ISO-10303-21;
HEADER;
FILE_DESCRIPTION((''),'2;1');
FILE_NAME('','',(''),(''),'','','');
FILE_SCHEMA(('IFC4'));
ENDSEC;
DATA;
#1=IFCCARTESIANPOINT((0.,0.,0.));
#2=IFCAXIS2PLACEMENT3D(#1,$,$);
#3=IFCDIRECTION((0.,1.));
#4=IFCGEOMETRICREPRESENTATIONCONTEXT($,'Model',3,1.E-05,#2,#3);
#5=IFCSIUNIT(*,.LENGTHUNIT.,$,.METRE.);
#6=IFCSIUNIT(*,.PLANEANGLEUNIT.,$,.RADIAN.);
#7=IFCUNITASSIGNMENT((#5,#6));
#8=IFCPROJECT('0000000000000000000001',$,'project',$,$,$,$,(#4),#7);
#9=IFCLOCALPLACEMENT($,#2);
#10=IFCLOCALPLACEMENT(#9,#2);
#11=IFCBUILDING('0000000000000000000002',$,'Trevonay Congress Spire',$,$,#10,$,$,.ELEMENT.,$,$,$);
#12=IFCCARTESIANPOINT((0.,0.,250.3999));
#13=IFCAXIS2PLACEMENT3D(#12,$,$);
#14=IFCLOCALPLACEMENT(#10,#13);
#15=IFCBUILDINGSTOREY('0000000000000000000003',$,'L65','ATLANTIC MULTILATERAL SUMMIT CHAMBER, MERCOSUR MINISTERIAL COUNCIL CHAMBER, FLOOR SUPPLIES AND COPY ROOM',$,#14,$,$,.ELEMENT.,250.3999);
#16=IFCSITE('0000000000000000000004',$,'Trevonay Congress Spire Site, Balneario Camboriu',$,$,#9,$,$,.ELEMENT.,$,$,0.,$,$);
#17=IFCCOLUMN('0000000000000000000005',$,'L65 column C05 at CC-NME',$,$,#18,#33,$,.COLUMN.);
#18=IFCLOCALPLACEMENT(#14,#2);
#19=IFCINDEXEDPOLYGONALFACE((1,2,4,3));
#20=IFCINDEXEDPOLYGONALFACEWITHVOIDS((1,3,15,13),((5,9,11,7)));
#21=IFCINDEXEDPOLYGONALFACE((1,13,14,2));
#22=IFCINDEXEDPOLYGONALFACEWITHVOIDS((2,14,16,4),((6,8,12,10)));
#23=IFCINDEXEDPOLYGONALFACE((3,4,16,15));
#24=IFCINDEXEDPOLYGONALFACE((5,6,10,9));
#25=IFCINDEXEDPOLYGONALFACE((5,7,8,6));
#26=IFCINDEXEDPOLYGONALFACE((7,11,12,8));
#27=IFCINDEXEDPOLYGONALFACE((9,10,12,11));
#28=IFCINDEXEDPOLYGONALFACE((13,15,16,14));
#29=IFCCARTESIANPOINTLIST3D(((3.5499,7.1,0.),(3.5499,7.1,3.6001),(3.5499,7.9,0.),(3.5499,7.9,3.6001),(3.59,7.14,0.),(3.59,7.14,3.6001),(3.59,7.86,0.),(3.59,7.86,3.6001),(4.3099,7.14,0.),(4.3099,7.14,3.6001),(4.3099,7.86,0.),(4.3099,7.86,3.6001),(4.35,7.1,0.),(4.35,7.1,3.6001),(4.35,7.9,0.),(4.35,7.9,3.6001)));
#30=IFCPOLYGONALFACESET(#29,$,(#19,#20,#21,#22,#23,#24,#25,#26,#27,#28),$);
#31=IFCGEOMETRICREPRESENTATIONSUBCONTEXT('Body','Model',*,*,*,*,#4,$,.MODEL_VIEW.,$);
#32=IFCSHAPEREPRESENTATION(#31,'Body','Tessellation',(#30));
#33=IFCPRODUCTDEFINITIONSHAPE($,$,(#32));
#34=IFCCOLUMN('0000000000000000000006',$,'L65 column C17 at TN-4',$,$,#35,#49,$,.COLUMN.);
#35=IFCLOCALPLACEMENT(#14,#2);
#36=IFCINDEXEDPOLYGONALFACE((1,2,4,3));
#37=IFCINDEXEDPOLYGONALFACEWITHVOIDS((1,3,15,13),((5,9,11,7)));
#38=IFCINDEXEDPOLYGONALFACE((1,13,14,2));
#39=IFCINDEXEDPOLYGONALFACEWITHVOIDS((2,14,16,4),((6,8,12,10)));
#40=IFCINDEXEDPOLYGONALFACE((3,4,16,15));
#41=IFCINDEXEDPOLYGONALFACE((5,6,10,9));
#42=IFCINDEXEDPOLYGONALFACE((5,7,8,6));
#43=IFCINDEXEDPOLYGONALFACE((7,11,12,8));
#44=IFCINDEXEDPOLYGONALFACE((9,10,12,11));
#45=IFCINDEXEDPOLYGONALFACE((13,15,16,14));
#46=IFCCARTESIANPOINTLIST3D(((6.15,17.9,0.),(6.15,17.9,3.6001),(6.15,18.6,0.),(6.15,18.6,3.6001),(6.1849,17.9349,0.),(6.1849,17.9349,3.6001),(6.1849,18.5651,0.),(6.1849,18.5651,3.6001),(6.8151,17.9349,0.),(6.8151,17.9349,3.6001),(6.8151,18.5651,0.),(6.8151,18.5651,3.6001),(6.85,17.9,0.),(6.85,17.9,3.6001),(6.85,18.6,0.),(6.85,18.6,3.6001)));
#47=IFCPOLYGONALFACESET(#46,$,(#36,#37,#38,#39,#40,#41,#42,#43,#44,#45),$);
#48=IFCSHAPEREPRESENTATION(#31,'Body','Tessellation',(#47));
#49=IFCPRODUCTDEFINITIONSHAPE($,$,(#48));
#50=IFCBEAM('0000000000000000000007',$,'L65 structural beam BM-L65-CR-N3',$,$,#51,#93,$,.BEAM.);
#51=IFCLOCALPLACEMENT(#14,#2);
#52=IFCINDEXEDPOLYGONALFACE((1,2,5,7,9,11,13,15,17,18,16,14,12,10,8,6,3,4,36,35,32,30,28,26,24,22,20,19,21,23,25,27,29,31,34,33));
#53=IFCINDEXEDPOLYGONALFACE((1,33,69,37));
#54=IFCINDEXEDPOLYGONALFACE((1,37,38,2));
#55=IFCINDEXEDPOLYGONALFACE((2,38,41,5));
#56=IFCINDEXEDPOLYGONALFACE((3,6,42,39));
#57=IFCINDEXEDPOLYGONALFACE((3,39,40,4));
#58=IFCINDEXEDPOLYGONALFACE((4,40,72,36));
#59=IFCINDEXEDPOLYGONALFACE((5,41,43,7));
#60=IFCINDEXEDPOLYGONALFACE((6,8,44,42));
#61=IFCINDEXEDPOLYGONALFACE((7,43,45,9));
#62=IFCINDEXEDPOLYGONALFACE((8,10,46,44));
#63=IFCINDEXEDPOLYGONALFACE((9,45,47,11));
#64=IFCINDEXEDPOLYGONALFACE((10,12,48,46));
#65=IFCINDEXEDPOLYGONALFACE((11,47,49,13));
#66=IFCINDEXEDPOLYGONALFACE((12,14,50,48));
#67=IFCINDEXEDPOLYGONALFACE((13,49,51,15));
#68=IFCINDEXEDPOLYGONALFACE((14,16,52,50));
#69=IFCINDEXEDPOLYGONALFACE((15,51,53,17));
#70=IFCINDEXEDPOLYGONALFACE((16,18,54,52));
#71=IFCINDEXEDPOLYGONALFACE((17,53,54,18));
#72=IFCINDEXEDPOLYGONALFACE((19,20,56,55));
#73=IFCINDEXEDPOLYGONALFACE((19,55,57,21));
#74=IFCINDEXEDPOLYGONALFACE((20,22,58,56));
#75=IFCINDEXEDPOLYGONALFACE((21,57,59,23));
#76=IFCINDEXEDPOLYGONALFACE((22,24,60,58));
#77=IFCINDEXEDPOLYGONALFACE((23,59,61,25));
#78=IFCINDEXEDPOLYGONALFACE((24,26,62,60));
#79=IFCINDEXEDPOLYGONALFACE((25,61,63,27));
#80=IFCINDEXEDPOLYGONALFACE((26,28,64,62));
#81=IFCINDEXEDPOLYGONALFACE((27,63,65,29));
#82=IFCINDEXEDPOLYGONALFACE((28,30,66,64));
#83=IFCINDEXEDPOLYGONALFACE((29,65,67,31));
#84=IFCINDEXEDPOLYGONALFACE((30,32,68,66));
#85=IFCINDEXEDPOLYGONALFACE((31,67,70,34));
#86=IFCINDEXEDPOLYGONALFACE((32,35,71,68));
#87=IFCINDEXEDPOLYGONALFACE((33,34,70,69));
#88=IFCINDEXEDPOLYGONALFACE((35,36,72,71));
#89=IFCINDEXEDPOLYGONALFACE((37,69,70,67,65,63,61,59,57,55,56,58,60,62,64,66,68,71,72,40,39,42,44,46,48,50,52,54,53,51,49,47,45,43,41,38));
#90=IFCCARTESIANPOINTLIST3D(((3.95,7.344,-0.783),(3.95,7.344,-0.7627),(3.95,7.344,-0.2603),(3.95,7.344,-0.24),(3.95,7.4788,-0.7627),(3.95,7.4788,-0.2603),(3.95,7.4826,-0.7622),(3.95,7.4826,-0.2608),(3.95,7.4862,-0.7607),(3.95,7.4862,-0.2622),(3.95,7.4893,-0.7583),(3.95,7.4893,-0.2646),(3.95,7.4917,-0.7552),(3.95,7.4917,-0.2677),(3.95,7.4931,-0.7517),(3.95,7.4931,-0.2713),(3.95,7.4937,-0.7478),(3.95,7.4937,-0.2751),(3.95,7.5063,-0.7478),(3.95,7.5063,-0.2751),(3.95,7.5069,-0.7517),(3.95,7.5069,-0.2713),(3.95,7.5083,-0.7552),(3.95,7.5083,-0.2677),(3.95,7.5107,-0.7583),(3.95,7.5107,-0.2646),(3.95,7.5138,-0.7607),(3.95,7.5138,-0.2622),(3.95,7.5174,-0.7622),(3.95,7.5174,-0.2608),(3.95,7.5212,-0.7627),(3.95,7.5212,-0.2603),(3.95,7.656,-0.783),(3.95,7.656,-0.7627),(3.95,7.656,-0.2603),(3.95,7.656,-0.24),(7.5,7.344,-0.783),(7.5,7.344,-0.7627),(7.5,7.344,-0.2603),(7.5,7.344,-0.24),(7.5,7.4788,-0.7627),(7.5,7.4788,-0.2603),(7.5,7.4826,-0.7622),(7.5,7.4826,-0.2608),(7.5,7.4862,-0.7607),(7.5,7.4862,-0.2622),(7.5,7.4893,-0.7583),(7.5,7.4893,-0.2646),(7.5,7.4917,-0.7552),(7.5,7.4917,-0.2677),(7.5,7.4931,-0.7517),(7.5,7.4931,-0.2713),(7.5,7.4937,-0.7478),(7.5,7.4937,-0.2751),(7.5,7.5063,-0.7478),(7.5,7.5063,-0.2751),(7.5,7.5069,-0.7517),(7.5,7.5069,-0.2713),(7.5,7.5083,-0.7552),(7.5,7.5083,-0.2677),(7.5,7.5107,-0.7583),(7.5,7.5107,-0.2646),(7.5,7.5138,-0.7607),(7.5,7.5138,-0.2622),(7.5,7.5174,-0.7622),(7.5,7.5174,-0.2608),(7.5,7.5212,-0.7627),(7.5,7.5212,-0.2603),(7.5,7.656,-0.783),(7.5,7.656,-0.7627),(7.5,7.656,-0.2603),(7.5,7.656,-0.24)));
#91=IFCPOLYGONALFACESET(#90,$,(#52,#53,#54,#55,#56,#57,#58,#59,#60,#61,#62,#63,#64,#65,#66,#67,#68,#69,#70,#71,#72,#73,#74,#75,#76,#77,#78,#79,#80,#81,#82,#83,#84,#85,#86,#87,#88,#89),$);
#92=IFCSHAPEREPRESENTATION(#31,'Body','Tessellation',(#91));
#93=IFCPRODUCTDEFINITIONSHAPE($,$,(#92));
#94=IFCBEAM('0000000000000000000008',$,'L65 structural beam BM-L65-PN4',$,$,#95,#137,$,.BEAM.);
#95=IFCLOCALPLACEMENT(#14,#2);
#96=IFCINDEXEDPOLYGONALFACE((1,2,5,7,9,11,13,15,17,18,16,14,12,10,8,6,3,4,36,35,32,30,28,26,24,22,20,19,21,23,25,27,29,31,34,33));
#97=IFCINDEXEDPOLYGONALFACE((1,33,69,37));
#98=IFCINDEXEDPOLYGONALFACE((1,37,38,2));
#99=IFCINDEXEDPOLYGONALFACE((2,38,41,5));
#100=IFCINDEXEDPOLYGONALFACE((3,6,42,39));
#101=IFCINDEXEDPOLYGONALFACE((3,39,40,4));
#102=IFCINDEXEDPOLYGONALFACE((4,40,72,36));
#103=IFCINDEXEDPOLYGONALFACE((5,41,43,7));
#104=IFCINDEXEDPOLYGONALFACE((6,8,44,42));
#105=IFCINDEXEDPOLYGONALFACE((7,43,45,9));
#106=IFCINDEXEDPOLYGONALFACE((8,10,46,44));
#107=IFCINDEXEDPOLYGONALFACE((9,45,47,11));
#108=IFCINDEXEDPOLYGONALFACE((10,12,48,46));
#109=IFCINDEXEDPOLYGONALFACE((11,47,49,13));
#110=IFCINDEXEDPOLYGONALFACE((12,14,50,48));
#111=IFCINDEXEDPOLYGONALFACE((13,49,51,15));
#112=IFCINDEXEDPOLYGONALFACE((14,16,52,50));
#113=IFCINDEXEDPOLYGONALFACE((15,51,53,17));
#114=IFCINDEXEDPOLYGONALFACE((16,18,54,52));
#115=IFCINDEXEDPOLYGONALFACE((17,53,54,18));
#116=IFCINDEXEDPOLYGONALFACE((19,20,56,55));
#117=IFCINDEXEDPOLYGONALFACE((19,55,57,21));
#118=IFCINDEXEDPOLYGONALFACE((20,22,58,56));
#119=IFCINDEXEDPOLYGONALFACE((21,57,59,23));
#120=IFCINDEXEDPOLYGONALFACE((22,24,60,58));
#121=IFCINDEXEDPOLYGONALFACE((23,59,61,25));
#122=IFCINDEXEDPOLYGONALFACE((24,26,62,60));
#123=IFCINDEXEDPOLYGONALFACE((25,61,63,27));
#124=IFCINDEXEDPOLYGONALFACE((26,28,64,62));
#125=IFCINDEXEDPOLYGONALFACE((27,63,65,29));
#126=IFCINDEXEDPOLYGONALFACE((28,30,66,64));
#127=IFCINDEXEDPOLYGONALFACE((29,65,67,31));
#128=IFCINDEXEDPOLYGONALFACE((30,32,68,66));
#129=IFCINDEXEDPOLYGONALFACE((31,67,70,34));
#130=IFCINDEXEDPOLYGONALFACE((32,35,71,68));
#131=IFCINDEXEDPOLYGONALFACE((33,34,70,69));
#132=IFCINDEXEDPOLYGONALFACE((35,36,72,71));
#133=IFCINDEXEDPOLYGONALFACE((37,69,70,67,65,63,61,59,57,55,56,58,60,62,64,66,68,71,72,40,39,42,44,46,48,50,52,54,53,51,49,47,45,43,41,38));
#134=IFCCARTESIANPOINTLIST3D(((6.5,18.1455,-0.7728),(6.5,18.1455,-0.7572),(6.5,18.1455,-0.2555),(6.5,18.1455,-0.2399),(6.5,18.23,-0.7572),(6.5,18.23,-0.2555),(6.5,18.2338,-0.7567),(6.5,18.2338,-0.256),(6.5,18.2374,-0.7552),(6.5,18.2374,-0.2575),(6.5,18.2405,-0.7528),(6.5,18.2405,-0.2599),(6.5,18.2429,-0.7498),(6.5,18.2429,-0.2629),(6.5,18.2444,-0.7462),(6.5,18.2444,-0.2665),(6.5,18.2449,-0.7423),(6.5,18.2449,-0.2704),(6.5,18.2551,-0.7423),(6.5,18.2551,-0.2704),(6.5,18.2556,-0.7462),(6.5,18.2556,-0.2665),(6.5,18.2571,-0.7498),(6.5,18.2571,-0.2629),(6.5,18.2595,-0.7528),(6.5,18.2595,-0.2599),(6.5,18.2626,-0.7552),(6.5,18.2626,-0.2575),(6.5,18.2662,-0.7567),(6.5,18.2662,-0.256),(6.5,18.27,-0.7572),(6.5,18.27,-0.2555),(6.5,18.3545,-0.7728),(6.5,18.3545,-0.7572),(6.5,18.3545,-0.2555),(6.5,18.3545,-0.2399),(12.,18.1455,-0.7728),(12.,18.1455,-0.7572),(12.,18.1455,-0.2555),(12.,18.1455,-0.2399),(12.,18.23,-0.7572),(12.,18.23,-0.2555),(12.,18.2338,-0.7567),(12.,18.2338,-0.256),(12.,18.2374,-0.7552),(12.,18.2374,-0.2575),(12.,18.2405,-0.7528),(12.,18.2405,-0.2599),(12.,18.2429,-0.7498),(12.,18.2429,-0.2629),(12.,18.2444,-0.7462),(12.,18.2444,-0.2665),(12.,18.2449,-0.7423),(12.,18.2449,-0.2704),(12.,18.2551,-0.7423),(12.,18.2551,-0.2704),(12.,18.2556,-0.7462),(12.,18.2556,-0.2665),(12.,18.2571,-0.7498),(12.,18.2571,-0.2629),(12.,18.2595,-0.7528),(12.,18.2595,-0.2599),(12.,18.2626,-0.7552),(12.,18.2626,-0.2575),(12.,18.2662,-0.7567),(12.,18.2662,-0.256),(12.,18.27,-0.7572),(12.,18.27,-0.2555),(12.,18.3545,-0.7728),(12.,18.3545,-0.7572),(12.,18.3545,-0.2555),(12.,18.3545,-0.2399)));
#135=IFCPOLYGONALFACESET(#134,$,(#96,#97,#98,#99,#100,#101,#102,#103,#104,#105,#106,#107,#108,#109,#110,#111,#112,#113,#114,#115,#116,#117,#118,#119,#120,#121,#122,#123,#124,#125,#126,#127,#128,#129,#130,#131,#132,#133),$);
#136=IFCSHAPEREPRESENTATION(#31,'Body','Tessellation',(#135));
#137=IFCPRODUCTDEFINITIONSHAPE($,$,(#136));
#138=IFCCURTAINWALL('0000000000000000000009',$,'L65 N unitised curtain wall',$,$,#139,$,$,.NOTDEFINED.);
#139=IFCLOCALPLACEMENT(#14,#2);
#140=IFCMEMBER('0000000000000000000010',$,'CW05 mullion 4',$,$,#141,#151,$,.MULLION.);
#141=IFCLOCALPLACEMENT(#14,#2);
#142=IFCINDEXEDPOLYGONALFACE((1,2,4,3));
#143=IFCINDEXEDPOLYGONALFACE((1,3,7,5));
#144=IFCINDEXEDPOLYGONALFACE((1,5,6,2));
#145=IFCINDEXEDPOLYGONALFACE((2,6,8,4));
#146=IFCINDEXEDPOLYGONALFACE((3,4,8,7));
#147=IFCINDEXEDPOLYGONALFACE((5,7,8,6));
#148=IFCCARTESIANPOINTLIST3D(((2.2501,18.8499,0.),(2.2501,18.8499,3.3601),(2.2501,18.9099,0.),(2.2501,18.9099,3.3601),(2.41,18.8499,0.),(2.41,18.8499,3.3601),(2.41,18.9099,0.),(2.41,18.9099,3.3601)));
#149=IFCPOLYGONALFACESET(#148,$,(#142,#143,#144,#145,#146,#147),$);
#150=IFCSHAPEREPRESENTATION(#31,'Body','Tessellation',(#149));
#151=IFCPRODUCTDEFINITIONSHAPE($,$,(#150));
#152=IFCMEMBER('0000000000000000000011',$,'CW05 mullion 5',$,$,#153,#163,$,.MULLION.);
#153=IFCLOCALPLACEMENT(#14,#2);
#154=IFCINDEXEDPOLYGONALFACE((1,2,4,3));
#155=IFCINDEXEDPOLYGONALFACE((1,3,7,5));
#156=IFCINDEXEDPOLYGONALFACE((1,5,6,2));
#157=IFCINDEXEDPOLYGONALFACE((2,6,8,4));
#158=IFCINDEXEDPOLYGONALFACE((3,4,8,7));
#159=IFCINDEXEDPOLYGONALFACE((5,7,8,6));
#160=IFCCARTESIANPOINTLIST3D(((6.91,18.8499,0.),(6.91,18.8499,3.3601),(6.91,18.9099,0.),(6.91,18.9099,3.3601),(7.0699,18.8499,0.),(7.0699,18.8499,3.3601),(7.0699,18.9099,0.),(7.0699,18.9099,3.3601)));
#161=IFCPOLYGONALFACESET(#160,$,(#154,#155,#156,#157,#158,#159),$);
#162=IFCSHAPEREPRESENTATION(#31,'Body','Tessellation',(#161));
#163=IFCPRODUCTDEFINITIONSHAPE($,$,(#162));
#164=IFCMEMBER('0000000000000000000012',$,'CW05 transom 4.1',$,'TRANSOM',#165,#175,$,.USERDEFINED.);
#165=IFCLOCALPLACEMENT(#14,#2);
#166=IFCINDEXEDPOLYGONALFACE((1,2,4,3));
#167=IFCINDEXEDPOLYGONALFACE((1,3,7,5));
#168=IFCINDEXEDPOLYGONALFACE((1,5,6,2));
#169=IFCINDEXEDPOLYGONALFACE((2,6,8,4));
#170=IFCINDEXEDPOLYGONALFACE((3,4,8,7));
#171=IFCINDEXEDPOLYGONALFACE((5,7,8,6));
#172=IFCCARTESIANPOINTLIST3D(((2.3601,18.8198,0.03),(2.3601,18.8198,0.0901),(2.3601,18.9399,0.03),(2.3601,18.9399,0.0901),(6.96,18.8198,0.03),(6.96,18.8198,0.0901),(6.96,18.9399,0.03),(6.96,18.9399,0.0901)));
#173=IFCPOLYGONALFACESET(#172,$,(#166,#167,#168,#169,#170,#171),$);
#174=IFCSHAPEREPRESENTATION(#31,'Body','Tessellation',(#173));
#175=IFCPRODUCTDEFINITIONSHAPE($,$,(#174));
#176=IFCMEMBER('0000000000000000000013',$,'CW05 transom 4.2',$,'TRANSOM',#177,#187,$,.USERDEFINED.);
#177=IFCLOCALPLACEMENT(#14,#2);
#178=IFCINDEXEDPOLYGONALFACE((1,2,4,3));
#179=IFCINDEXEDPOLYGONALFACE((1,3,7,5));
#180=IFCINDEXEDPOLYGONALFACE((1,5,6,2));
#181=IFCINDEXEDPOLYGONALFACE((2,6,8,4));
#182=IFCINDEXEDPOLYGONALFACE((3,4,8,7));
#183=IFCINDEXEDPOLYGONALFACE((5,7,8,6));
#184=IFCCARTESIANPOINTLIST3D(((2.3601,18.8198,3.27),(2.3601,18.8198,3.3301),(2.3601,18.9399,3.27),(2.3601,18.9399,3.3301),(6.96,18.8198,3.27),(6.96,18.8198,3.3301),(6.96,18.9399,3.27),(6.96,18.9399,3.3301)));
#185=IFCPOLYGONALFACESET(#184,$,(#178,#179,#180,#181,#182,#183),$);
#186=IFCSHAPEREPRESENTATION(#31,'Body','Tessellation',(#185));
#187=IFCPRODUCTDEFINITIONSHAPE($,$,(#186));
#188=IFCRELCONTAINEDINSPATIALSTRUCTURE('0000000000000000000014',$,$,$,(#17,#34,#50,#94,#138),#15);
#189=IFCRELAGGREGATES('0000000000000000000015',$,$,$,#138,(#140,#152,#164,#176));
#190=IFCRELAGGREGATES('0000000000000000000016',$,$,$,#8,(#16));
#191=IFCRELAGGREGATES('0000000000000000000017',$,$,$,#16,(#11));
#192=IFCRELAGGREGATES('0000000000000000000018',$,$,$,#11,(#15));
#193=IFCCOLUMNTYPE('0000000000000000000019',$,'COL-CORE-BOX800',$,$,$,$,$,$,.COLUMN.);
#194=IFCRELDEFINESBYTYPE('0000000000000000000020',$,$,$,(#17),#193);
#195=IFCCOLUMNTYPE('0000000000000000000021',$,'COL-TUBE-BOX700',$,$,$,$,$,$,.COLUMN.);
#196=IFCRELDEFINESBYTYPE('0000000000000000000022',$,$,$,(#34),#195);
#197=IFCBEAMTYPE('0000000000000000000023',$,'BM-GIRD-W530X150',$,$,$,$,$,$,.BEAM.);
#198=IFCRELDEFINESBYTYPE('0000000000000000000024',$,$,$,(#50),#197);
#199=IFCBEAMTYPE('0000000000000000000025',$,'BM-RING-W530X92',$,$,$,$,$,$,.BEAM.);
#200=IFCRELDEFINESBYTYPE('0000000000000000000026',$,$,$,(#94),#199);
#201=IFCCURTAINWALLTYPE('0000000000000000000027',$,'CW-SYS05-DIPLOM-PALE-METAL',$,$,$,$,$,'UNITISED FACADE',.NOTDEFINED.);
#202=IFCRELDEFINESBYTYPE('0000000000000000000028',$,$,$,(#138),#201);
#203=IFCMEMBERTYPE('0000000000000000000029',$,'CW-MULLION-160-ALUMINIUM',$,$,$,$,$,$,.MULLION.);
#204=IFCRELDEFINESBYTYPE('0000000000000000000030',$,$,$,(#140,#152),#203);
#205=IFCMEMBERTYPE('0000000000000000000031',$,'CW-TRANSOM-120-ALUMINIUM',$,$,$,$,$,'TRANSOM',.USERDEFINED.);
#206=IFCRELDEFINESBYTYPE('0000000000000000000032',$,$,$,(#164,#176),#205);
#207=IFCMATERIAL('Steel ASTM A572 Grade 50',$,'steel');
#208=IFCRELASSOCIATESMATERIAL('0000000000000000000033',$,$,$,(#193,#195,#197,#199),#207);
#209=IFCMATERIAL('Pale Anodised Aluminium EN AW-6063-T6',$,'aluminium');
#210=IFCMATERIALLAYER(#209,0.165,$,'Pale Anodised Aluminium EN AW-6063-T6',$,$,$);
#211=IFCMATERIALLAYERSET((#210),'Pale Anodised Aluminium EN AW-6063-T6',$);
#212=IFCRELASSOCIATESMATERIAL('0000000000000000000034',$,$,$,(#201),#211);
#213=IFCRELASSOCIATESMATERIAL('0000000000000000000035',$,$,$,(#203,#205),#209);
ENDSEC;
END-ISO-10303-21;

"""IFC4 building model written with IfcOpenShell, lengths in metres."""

from ifc_helpers import new_model, si_unit, direction, frame, origin, origin_2d, place, context, subcontext, project, spatial, rectangle, hollow_rectangle, i_section, extrude, material, layer, layer_set, material_profile, profile_set, type_object, element, aggregate, save


model = new_model("IFC4")

# Units and contexts
model_context = context("Model", 3, precision=1e-05, world=origin(), true_north=direction((0.0, 1.0)))
body_context = subcontext(model_context, "Body", "Model", "MODEL_VIEW")
ifc_project = project(units=[si_unit("LENGTHUNIT", "METRE"), si_unit("PLANEANGLEUNIT", "RADIAN")], contexts=[model_context])

# Site, building, storey
site_placement = place(None, origin())
site = spatial("IfcSite", under=ifc_project, at=site_placement, Name="Trevonay Congress Spire Site, Balneario Camboriu", CompositionType="ELEMENT", RefElevation=0.0)
building_placement = place(site_placement, origin())
building = spatial("IfcBuilding", under=site, at=building_placement, Name="Trevonay Congress Spire", CompositionType="ELEMENT")
storey_placement = place(building_placement, frame((0.0, 0.0, 250.3999)))
storey = spatial("IfcBuildingStorey", under=building, at=storey_placement, Name="L65", Description="ATLANTIC MULTILATERAL SUMMIT CHAMBER, MERCOSUR MINISTERIAL COUNCIL CHAMBER, FLOOR SUPPLIES AND COPY ROOM", CompositionType="ELEMENT", Elevation=250.3999)

# Columns
ifc_material_1 = material(Name="Steel ASTM A572 Grade 50", Category="steel")
ifc_material_profile_1 = material_profile(ifc_material_1, hollow_rectangle(XDim=0.8, YDim=0.8, WallThickness=0.04, at=origin_2d()), Name="BOX 800x800x40")
ifc_profile_set_1 = profile_set([ifc_material_profile_1], Name="Steel ASTM A572 Grade 50")
column_type_1 = type_object("IfcColumnType", Name="COL-CORE-BOX800", PredefinedType="COLUMN", material=ifc_profile_set_1)
column_1_placement = place(storey_placement, frame((3.95, 7.5, 0.0), z_axis=(0.0, 0.0, 1.0), x_axis=(1.0, 0.0, 0.0)))
element("IfcColumn", 1, at=column_1_placement, inside=storey, type_object=column_type_1, Name="L65 column C05 at CC-NME", PredefinedType="COLUMN", context=body_context, shape_type="SweptSolid", body=[
    extrude(hollow_rectangle(XDim=0.8, YDim=0.8, WallThickness=0.04, at=origin_2d()), origin(), (0.0, 0.0, 1.0), 3.6001),
])
ifc_material_profile_2 = material_profile(ifc_material_1, hollow_rectangle(XDim=0.7, YDim=0.7, WallThickness=0.0349, at=origin_2d()), Name="BOX 700x700x35")
ifc_profile_set_2 = profile_set([ifc_material_profile_2], Name="Steel ASTM A572 Grade 50")
column_type_2 = type_object("IfcColumnType", Name="COL-TUBE-BOX700", PredefinedType="COLUMN", material=ifc_profile_set_2)
column_2_placement = place(storey_placement, frame((6.5, 18.25, 0.0), z_axis=(0.0, 0.0, 1.0), x_axis=(1.0, 0.0, 0.0)))
element("IfcColumn", 2, at=column_2_placement, inside=storey, type_object=column_type_2, Name="L65 column C17 at TN-4", PredefinedType="COLUMN", context=body_context, shape_type="SweptSolid", body=[
    extrude(hollow_rectangle(XDim=0.7, YDim=0.7, WallThickness=0.0349, at=origin_2d()), origin(), (0.0, 0.0, 1.0), 3.6001),
])

# Beams
ifc_material_profile_3 = material_profile(ifc_material_1, i_section(OverallWidth=0.312, OverallDepth=0.543, WebThickness=0.0127, FlangeThickness=0.0203, FilletRadius=0.0149, at=origin_2d()), Name="W530x150")
ifc_profile_set_3 = profile_set([ifc_material_profile_3], Name="Steel ASTM A572 Grade 50")
beam_type_1 = type_object("IfcBeamType", Name="BM-GIRD-W530X150", PredefinedType="BEAM", material=ifc_profile_set_3)
beam_1_placement = place(storey_placement, frame((3.95, 7.5, -0.5115), z_axis=(1.0, 0.0, 0.0), x_axis=(0.0, 1.0, 0.0)))
element("IfcBeam", 3, at=beam_1_placement, inside=storey, type_object=beam_type_1, Name="L65 structural beam BM-L65-CR-N3", PredefinedType="BEAM", context=body_context, shape_type="SweptSolid", body=[
    extrude(i_section(OverallWidth=0.312, OverallDepth=0.543, WebThickness=0.0127, FlangeThickness=0.0203, FilletRadius=0.0149, at=origin_2d()), origin(), (0.0, 0.0, 1.0), 3.55),
])
ifc_material_profile_4 = material_profile(ifc_material_1, i_section(OverallWidth=0.209, OverallDepth=0.533, WebThickness=0.0103, FlangeThickness=0.0156, FilletRadius=0.0149, at=origin_2d()), Name="W530x92")
ifc_profile_set_4 = profile_set([ifc_material_profile_4], Name="Steel ASTM A572 Grade 50")
beam_type_2 = type_object("IfcBeamType", Name="BM-RING-W530X92", PredefinedType="BEAM", material=ifc_profile_set_4)
beam_2_placement = place(storey_placement, frame((6.5, 18.25, -0.5063), z_axis=(1.0, 0.0, 0.0), x_axis=(0.0, 1.0, 0.0)))
element("IfcBeam", 4, at=beam_2_placement, inside=storey, type_object=beam_type_2, Name="L65 structural beam BM-L65-PN4", PredefinedType="BEAM", context=body_context, shape_type="SweptSolid", body=[
    extrude(i_section(OverallWidth=0.209, OverallDepth=0.533, WebThickness=0.0103, FlangeThickness=0.0156, FilletRadius=0.0149, at=origin_2d()), origin(), (0.0, 0.0, 1.0), 5.5),
])

# Curtain wall, members
ifc_material_2 = material(Name="Pale Anodised Aluminium EN AW-6063-T6", Category="aluminium")
ifc_layer_1 = layer(ifc_material_2, 0.165, Name="Pale Anodised Aluminium EN AW-6063-T6")
ifc_layer_set_1 = layer_set([ifc_layer_1], Name="Pale Anodised Aluminium EN AW-6063-T6")
curtain_wall_type = type_object("IfcCurtainWallType", Name="CW-SYS05-DIPLOM-PALE-METAL", ElementType="UNITISED FACADE", PredefinedType="NOTDEFINED", material=ifc_layer_set_1)
curtain_wall_placement = place(storey_placement, origin())
curtain_wall = element("IfcCurtainWall", 5, at=curtain_wall_placement, inside=storey, type_object=curtain_wall_type, Name="L65 N unitised curtain wall", PredefinedType="NOTDEFINED")
ifc_material_profile_5 = material_profile(ifc_material_2, rectangle(XDim=0.0601, YDim=0.1599, at=origin_2d()), Name="CW-MULLION-160-ALUMINIUM")
ifc_profile_set_5 = profile_set([ifc_material_profile_5], Name="Pale Anodised Aluminium EN AW-6063-T6")
member_type_1 = type_object("IfcMemberType", Name="CW-MULLION-160-ALUMINIUM", PredefinedType="MULLION", material=ifc_profile_set_5)
member_1_placement = place(storey_placement, frame((2.3301, 18.8799, 0.0), z_axis=(0.0, 0.0, 1.0), x_axis=(0.0, 1.0, 0.0)))
member_1 = element("IfcMember", 6, at=member_1_placement, type_object=member_type_1, Name="CW05 mullion 4", PredefinedType="MULLION", context=body_context, shape_type="SweptSolid", body=[
    extrude(rectangle(XDim=0.0601, YDim=0.1599, at=origin_2d()), origin(), (0.0, 0.0, 1.0), 3.3601),
])
member_2_placement = place(storey_placement, frame((6.99, 18.8799, 0.0), z_axis=(0.0, 0.0, 1.0), x_axis=(0.0, 1.0, 0.0)))
member_2 = element("IfcMember", 7, at=member_2_placement, type_object=member_type_1, Name="CW05 mullion 5", PredefinedType="MULLION", context=body_context, shape_type="SweptSolid", body=[
    extrude(rectangle(XDim=0.0601, YDim=0.1599, at=origin_2d()), origin(), (0.0, 0.0, 1.0), 3.3601),
])
ifc_material_profile_6 = material_profile(ifc_material_2, rectangle(XDim=0.1201, YDim=0.0601, at=origin_2d()), Name="CW-TRANSOM-120-ALUMINIUM")
ifc_profile_set_6 = profile_set([ifc_material_profile_6], Name="Pale Anodised Aluminium EN AW-6063-T6")
member_type_2 = type_object("IfcMemberType", Name="CW-TRANSOM-120-ALUMINIUM", ElementType="TRANSOM", PredefinedType="USERDEFINED", material=ifc_profile_set_6)
member_3_placement = place(storey_placement, frame((2.3601, 18.8799, 0.0601), z_axis=(1.0, 0.0, 0.0), x_axis=(0.0, 1.0, 0.0)))
member_3 = element("IfcMember", 8, at=member_3_placement, type_object=member_type_2, Name="CW05 transom 4.1", ObjectType="TRANSOM", PredefinedType="USERDEFINED", context=body_context, shape_type="SweptSolid", body=[
    extrude(rectangle(XDim=0.1201, YDim=0.0601, at=origin_2d()), origin(), (0.0, 0.0, 1.0), 4.5999),
])
member_4_placement = place(storey_placement, frame((2.3601, 18.8799, 3.3), z_axis=(1.0, 0.0, 0.0), x_axis=(0.0, 1.0, 0.0)))
member_4 = element("IfcMember", 9, at=member_4_placement, type_object=member_type_2, Name="CW05 transom 4.2", ObjectType="TRANSOM", PredefinedType="USERDEFINED", context=body_context, shape_type="SweptSolid", body=[
    extrude(rectangle(XDim=0.1201, YDim=0.0601, at=origin_2d()), origin(), (0.0, 0.0, 1.0), 4.5999),
])

aggregate(curtain_wall, [member_1, member_2, member_3, member_4])

save(model, "model.ifc")
